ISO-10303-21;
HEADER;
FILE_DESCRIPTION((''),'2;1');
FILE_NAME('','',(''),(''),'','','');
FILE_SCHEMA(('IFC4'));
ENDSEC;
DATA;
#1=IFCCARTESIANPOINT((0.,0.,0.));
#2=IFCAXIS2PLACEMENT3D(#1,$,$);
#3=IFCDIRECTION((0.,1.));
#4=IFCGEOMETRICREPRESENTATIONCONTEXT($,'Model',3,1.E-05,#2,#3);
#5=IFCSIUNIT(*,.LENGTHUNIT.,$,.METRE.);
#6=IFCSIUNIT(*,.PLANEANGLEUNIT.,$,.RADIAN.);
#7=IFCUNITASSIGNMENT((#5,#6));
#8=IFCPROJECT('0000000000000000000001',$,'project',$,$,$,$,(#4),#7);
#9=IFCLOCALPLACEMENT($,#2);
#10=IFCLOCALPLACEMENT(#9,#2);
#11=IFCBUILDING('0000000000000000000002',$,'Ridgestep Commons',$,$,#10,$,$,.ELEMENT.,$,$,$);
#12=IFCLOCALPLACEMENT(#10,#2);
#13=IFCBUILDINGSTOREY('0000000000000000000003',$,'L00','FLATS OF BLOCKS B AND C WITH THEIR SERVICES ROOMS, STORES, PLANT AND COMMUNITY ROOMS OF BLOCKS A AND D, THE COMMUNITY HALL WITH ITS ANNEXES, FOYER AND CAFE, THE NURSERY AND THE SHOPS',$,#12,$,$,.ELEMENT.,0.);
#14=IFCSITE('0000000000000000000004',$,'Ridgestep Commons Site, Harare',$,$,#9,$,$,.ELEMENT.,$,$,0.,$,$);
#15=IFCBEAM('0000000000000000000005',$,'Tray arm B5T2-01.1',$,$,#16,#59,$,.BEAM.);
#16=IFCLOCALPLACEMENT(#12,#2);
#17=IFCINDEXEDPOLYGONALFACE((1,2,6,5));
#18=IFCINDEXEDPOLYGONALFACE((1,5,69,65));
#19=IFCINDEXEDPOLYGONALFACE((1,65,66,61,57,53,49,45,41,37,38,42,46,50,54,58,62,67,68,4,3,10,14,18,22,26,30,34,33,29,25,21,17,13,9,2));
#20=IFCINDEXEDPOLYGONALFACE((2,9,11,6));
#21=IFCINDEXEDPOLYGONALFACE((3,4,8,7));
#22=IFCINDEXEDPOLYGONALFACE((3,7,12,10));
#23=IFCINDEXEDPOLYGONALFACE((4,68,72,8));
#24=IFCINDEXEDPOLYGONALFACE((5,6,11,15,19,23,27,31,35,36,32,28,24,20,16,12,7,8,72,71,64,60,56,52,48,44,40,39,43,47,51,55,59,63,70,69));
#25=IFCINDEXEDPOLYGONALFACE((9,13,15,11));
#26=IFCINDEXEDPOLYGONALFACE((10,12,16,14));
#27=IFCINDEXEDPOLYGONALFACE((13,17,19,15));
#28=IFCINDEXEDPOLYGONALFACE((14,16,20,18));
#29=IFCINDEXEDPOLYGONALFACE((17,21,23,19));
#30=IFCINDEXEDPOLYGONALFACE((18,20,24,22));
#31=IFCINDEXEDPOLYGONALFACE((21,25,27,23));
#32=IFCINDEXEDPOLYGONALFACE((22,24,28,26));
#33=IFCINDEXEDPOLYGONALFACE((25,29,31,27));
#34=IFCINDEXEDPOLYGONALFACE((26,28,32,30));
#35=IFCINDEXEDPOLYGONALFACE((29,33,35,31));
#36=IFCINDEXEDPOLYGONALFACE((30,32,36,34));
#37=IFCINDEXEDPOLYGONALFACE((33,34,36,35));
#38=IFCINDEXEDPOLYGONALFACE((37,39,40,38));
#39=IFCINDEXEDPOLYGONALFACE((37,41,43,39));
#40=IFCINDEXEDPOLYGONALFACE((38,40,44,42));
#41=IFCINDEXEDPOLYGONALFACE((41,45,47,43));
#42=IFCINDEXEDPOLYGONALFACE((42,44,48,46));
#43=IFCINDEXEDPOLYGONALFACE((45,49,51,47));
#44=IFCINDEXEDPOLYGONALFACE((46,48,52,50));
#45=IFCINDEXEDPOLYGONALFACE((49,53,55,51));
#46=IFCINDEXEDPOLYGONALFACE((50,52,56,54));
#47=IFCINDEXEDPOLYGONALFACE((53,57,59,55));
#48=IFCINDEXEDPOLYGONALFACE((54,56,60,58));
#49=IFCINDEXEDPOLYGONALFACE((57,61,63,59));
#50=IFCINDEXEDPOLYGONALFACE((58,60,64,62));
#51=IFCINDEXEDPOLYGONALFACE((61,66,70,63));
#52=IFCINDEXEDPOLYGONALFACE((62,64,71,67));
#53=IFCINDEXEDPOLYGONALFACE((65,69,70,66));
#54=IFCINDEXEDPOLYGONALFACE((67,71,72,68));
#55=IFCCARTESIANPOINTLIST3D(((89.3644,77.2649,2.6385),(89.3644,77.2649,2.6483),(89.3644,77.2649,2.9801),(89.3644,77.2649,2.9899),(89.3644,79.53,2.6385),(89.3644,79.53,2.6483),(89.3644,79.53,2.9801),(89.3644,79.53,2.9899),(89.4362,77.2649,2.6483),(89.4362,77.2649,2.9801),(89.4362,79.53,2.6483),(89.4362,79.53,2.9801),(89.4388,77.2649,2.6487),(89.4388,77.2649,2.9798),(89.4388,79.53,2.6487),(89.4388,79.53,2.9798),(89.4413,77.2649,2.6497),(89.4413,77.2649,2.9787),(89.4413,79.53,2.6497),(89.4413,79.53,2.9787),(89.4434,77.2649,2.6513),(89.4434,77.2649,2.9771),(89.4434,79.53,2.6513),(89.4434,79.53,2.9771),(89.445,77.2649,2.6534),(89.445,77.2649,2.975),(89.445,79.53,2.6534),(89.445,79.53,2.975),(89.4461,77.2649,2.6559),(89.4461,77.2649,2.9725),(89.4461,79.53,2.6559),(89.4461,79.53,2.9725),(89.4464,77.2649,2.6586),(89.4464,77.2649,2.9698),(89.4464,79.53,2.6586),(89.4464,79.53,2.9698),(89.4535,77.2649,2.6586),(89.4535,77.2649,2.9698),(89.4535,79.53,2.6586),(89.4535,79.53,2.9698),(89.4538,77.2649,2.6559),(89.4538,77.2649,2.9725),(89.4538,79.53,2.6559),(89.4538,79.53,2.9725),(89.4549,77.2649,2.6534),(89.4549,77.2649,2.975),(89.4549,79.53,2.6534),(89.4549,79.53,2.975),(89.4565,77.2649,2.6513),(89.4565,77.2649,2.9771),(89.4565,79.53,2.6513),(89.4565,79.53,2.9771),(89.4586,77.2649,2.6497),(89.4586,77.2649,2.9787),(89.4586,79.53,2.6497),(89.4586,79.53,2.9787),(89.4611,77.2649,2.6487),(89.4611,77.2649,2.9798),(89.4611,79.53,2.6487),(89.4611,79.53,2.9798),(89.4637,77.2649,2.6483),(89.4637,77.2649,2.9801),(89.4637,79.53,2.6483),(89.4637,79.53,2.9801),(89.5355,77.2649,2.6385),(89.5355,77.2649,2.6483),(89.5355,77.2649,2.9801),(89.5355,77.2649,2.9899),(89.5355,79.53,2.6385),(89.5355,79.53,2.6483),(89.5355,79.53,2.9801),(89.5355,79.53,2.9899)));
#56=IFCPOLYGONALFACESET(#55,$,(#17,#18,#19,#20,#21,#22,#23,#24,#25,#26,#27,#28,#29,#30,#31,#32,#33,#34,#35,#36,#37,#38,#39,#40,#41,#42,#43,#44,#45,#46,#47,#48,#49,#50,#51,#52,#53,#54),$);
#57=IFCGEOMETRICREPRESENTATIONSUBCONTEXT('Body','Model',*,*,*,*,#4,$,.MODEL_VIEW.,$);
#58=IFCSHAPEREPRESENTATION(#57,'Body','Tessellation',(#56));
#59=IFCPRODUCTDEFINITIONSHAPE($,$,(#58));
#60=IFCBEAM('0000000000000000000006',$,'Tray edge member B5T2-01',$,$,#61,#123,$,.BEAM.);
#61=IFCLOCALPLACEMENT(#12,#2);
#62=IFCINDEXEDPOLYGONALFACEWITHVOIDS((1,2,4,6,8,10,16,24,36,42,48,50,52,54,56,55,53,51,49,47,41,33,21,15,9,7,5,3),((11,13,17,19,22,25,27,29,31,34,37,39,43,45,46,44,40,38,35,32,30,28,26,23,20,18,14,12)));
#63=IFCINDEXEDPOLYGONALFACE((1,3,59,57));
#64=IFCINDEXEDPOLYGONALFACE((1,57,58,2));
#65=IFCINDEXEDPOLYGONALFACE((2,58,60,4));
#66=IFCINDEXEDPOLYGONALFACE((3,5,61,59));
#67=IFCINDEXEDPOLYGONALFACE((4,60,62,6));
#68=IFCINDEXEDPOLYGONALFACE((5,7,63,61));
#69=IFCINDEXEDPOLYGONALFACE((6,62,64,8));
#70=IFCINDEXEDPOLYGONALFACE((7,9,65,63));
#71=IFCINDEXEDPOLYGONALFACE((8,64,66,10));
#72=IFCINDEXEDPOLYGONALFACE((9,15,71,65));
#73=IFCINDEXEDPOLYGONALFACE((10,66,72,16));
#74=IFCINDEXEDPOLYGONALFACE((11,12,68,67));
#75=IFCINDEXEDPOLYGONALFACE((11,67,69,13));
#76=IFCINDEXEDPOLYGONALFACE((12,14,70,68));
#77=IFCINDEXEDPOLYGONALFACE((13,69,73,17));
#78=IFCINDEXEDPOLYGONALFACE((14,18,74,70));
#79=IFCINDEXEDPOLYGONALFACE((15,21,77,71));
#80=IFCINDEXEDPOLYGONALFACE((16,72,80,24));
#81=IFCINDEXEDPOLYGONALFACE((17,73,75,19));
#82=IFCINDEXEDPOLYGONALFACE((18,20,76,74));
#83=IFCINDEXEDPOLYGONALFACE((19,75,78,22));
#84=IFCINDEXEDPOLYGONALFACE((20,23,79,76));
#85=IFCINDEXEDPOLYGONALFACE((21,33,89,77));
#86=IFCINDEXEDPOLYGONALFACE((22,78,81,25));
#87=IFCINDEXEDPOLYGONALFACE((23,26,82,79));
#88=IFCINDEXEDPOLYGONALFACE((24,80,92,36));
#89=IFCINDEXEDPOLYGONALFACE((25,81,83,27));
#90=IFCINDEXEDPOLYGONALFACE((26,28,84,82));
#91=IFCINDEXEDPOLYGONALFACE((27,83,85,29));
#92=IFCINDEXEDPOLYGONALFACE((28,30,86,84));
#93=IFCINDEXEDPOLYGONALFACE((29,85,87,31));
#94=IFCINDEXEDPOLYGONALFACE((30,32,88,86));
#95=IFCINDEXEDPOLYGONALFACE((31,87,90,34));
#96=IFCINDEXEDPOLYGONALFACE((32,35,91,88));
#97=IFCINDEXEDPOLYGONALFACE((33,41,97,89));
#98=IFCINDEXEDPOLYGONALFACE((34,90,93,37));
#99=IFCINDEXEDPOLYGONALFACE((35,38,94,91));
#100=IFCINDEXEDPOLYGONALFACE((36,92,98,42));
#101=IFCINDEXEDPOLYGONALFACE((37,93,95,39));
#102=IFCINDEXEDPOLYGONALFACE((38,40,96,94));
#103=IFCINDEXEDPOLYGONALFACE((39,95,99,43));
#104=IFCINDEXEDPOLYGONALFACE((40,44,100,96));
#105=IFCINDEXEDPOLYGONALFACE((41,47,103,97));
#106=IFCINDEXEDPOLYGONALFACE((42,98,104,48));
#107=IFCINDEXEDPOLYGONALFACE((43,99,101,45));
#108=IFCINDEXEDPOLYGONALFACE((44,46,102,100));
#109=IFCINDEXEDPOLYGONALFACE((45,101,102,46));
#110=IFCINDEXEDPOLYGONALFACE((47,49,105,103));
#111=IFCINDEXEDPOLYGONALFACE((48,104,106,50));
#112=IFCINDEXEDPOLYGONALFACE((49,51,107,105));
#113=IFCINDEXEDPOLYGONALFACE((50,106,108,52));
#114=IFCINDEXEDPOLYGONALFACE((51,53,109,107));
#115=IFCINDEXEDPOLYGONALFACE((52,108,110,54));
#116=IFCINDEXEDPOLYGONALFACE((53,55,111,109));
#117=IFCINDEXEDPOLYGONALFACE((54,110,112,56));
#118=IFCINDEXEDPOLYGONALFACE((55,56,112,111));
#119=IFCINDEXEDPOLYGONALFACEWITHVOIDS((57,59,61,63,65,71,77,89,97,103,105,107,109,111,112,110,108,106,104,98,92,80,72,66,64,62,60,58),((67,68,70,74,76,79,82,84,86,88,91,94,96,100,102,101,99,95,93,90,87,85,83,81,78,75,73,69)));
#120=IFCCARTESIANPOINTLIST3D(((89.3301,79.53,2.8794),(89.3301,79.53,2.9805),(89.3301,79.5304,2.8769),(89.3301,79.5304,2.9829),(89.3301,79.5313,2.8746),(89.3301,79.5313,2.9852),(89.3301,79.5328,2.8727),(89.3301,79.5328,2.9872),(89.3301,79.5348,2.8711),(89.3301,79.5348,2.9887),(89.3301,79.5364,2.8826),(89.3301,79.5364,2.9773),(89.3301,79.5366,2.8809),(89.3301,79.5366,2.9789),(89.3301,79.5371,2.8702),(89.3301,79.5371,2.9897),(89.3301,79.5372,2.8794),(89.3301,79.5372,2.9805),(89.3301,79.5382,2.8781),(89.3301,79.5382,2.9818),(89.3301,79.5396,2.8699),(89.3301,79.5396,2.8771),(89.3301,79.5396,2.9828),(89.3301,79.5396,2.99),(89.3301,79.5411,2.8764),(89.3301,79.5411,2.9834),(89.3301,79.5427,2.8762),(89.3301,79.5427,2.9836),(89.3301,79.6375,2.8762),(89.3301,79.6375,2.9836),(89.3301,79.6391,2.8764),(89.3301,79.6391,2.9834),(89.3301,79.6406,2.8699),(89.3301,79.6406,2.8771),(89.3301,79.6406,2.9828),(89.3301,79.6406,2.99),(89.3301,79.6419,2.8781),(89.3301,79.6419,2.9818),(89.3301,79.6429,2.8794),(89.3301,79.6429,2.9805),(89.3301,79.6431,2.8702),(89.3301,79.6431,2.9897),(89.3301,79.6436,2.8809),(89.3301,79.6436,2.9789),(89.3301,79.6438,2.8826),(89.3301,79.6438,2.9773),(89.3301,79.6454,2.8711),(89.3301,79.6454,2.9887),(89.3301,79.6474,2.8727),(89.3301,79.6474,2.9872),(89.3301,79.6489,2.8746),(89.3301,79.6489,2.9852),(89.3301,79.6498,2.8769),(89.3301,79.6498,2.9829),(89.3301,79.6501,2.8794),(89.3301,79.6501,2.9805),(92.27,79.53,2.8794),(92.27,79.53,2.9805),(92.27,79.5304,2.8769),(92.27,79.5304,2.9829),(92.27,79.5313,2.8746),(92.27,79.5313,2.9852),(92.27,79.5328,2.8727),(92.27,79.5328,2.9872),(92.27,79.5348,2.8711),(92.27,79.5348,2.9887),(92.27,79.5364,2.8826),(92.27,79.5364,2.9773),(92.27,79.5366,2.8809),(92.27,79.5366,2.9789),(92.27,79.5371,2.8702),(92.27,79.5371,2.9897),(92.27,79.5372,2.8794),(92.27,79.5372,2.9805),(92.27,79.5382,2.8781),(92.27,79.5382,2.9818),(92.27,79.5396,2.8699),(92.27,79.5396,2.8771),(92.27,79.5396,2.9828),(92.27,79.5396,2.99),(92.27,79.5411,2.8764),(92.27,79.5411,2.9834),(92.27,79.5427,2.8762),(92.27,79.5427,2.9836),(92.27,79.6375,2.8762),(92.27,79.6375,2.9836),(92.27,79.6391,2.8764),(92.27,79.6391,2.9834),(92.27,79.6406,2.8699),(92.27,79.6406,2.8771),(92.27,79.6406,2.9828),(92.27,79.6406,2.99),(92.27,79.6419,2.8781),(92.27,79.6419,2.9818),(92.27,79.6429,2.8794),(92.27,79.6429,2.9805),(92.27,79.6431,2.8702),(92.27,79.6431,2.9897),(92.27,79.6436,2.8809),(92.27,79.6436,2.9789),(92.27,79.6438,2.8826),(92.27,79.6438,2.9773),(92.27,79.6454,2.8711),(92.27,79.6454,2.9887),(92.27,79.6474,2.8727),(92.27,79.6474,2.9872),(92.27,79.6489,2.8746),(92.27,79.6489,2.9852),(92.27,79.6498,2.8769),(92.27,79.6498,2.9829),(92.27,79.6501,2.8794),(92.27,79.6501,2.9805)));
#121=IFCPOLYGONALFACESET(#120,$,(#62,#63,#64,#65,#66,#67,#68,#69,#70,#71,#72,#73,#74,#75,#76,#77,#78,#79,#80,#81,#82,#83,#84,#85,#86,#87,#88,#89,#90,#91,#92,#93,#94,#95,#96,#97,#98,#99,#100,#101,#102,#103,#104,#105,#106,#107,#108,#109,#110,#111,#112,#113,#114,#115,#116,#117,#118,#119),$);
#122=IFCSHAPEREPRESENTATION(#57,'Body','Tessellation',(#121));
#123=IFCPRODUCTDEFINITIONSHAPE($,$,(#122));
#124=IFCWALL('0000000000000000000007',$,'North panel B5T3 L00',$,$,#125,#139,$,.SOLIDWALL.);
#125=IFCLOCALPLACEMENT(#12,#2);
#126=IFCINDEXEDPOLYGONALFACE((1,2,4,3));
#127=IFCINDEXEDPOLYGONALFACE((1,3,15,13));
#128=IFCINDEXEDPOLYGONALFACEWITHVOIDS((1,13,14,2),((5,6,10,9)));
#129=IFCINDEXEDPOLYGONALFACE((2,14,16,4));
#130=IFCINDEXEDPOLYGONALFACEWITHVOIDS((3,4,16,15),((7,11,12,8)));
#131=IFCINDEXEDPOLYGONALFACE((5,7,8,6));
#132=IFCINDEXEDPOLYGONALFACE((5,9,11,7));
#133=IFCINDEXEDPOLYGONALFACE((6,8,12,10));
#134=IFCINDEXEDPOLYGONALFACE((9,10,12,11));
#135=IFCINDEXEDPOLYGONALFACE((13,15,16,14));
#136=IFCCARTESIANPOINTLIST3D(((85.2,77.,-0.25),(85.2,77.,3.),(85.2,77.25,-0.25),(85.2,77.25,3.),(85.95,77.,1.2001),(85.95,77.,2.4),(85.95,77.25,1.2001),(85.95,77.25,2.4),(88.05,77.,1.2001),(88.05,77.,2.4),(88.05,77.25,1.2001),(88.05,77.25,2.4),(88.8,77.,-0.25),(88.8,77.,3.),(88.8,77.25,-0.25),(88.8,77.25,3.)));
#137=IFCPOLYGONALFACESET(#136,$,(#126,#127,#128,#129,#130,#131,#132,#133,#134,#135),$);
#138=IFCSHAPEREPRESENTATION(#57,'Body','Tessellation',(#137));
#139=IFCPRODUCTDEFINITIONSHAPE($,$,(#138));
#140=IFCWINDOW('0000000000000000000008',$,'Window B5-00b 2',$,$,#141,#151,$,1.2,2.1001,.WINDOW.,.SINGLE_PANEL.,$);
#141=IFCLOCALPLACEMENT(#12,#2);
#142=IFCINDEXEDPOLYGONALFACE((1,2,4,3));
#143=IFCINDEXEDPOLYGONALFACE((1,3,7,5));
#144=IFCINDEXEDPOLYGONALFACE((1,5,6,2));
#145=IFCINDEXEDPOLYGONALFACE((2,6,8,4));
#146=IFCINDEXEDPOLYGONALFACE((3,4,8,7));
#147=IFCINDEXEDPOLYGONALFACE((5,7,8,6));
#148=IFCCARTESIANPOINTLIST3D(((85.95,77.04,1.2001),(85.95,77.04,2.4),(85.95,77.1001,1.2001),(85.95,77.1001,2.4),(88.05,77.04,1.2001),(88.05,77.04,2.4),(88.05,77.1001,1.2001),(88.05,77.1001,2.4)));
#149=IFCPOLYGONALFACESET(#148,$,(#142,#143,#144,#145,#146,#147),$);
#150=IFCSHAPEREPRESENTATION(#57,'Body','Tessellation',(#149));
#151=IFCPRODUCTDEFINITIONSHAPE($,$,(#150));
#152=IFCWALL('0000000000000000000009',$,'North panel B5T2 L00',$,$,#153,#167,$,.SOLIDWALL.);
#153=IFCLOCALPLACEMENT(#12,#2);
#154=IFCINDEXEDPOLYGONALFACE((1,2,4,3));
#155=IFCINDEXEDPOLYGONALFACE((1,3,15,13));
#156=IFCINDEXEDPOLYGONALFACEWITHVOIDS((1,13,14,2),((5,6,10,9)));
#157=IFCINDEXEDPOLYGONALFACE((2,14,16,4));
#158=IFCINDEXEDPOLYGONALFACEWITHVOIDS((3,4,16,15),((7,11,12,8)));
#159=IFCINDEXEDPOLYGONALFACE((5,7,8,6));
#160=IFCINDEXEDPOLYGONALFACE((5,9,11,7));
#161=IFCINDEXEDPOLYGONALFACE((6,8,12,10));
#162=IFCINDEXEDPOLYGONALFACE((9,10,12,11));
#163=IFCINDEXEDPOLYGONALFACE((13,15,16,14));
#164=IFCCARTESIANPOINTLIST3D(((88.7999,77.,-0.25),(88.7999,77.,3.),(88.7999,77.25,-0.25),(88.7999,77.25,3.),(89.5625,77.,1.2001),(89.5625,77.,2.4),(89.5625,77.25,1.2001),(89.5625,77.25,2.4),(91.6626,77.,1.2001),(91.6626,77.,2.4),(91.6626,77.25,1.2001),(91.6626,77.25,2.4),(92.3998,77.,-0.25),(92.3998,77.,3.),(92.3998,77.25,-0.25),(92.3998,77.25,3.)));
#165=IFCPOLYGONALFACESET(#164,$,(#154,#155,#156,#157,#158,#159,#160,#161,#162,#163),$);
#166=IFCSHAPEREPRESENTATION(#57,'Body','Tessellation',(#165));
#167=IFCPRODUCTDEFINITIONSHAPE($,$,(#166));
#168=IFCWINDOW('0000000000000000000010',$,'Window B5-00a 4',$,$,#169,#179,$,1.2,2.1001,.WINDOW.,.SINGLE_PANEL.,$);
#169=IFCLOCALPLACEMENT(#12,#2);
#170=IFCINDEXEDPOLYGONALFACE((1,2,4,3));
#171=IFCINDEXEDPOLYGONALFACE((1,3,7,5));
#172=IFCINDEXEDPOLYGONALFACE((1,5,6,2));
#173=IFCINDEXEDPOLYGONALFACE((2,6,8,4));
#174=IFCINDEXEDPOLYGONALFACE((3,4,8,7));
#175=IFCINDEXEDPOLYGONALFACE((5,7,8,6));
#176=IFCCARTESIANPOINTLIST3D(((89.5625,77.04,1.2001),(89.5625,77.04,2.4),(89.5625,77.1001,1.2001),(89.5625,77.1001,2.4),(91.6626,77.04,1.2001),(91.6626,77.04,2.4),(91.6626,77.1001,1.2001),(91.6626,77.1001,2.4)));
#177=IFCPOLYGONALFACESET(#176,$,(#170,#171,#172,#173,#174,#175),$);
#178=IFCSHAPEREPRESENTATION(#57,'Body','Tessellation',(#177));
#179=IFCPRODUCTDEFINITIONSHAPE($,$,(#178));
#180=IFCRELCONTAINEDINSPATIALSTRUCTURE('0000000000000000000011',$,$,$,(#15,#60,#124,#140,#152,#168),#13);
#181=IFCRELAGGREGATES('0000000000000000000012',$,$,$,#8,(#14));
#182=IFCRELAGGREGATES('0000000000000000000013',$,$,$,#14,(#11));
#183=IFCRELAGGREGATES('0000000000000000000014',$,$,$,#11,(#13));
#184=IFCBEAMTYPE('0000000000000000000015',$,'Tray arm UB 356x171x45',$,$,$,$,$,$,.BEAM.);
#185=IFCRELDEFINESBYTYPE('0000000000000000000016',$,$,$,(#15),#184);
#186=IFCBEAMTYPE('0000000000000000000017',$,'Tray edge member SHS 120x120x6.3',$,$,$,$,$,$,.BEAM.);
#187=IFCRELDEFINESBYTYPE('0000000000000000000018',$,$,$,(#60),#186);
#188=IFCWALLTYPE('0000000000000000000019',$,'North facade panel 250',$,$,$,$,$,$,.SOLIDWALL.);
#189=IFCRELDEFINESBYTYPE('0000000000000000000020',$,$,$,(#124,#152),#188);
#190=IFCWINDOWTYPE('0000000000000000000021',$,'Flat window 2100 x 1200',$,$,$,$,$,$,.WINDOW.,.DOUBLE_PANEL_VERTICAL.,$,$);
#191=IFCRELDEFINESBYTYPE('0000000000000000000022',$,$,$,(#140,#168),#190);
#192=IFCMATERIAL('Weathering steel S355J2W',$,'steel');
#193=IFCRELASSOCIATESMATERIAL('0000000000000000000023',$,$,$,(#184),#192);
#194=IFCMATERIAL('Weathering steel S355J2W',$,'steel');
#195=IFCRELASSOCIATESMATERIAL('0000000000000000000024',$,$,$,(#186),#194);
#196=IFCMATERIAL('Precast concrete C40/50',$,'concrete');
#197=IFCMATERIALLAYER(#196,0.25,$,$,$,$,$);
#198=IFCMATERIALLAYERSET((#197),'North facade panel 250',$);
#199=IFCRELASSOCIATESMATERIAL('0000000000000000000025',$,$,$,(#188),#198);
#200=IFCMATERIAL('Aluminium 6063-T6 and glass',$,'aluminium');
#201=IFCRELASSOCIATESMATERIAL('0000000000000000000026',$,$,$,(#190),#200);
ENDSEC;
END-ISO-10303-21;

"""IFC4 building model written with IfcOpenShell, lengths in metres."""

from ifc_helpers import new_model, si_unit, direction, frame, frame_2d, origin, origin_2d, place, context, subcontext, project, spatial, rectangle, hollow_rectangle, i_section, extrude, material, layer, layer_set, material_profile, profile_set, type_object, element, fill, save


model = new_model("IFC4")

# Units and contexts
model_context = context("Model", 3, precision=1e-05, world=origin(), true_north=direction((0.0, 1.0)))
body_context = subcontext(model_context, "Body", "Model", "MODEL_VIEW")
ifc_project = project(units=[si_unit("LENGTHUNIT", "METRE"), si_unit("PLANEANGLEUNIT", "RADIAN")], contexts=[model_context])

# Site, building, storey
site_placement = place(None, origin())
site = spatial("IfcSite", under=ifc_project, at=site_placement, Name="Ridgestep Commons Site, Harare", CompositionType="ELEMENT", RefElevation=0.0)
building_placement = place(site_placement, origin())
building = spatial("IfcBuilding", under=site, at=building_placement, Name="Ridgestep Commons", CompositionType="ELEMENT")
storey_placement = place(building_placement, origin())
storey = spatial("IfcBuildingStorey", under=building, at=storey_placement, Name="L00", Description="FLATS OF BLOCKS B AND C WITH THEIR SERVICES ROOMS, STORES, PLANT AND COMMUNITY ROOMS OF BLOCKS A AND D, THE COMMUNITY HALL WITH ITS ANNEXES, FOYER AND CAFE, THE NURSERY AND THE SHOPS", CompositionType="ELEMENT", Elevation=0.0)

# Beams
ifc_material_1 = material(Name="Weathering steel S355J2W", Category="steel")
ifc_material_profile_1 = material_profile(ifc_material_1, i_section(OverallWidth=0.1711, OverallDepth=0.3513, WebThickness=0.0071, FlangeThickness=0.0098, FilletRadius=0.0103, at=origin_2d()), Name="UB 356x171x45")
ifc_profile_set_1 = profile_set([ifc_material_profile_1], Name="Weathering steel S355J2W")
beam_type_1 = type_object("IfcBeamType", Name="Tray arm UB 356x171x45", PredefinedType="BEAM", material=ifc_profile_set_1)
beam_1_placement = place(storey_placement, frame((89.45, 77.2649, 2.8142), z_axis=(0.0, 1.0, 0.0), x_axis=(-1.0, 0.0, 0.0)))
element("IfcBeam", 1, at=beam_1_placement, inside=storey, type_object=beam_type_1, Name="Tray arm B5T2-01.1", PredefinedType="BEAM", context=body_context, shape_type="SweptSolid", body=[
    extrude(i_section(OverallWidth=0.1711, OverallDepth=0.3513, WebThickness=0.0071, FlangeThickness=0.0098, FilletRadius=0.0103, at=origin_2d()), origin(), (0.0, 0.0, 1.0), 2.2651),
])
ifc_material_2 = material(Name="Weathering steel S355J2W", Category="steel")
ifc_material_profile_2 = material_profile(ifc_material_2, hollow_rectangle(XDim=0.1201, YDim=0.1201, WallThickness=0.0063, InnerFilletRadius=0.0063, OuterFilletRadius=0.0095, at=origin_2d()), Name="SHS 120x120x6.3")
ifc_profile_set_2 = profile_set([ifc_material_profile_2], Name="Weathering steel S355J2W")
beam_type_2 = type_object("IfcBeamType", Name="Tray edge member SHS 120x120x6.3", PredefinedType="BEAM", material=ifc_profile_set_2)
beam_2_placement = place(storey_placement, frame((89.3301, 79.5901, 2.9299), z_axis=(1.0, 0.0, 0.0), x_axis=(0.0, 0.0, 1.0)))
element("IfcBeam", 2, at=beam_2_placement, inside=storey, type_object=beam_type_2, Name="Tray edge member B5T2-01", PredefinedType="BEAM", context=body_context, shape_type="SweptSolid", body=[
    extrude(hollow_rectangle(XDim=0.1201, YDim=0.1201, WallThickness=0.0063, InnerFilletRadius=0.0063, OuterFilletRadius=0.0095, at=origin_2d()), origin(), (0.0, 0.0, 1.0), 2.9399),
])

# Walls, openings, windows
ifc_material_3 = material(Name="Precast concrete C40/50", Category="concrete")
ifc_layer_1 = layer(ifc_material_3, 0.25)
ifc_layer_set_1 = layer_set([ifc_layer_1], Name="North facade panel 250")
wall_type_1 = type_object("IfcWallType", Name="North facade panel 250", PredefinedType="SOLIDWALL", material=ifc_layer_set_1)
wall_1_placement = place(storey_placement, frame((85.2, 77.125, -0.25), z_axis=(0.0, 0.0, 1.0), x_axis=(1.0, 0.0, 0.0)))
wall_1 = element("IfcWall", 3, at=wall_1_placement, inside=storey, type_object=wall_type_1, Name="North panel B5T3 L00", PredefinedType="SOLIDWALL", context=body_context, shape_type="SweptSolid", body=[
    extrude(rectangle(XDim=3.6001, YDim=0.25, at=frame_2d((1.8, 0.0))), origin(), (0.0, 0.0, 1.0), 3.25),
])
opening_1_placement = place(wall_1_placement, frame((0.75, 0.0, 1.45)))
opening_1 = element("IfcOpeningElement", 4, at=opening_1_placement, cuts=wall_1, PredefinedType="OPENING", context=body_context, shape_type="SweptSolid", body=[
    extrude(rectangle(XDim=2.1001, YDim=1.2, at=frame_2d((1.05, 0.6001))), frame((0.0, 0.135, 0.0), z_axis=(0.0, -1.0, 0.0), x_axis=(1.0, 0.0, 0.0)), (0.0, 0.0, 1.0), 0.27),
])
ifc_material_4 = material(Name="Aluminium 6063-T6 and glass", Category="aluminium")
window_type = type_object("IfcWindowType", Name="Flat window 2100 x 1200", PartitioningType="DOUBLE_PANEL_VERTICAL", PredefinedType="WINDOW", material=ifc_material_4)
window_1_placement = place(opening_1_placement, origin())
window_1 = element("IfcWindow", 5, at=window_1_placement, inside=storey, type_object=window_type, Name="Window B5-00b 2", OverallHeight=1.2, OverallWidth=2.1001, PartitioningType="SINGLE_PANEL", PredefinedType="WINDOW", context=body_context, shape_type="SweptSolid", body=[
    extrude(rectangle(XDim=2.1001, YDim=1.2, at=frame_2d((1.05, 0.6001))), frame((0.0, -0.0249, 0.0), z_axis=(0.0, -1.0, 0.0), x_axis=(1.0, 0.0, 0.0)), (0.0, 0.0, 1.0), 0.0601),
])
fill(opening_1, window_1)
wall_2_placement = place(storey_placement, frame((88.8, 77.125, -0.25), z_axis=(0.0, 0.0, 1.0), x_axis=(1.0, 0.0, 0.0)))
wall_2 = element("IfcWall", 6, at=wall_2_placement, inside=storey, type_object=wall_type_1, Name="North panel B5T2 L00", PredefinedType="SOLIDWALL", context=body_context, shape_type="SweptSolid", body=[
    extrude(rectangle(XDim=3.5999, YDim=0.25, at=frame_2d((1.7998, 0.0))), origin(), (0.0, 0.0, 1.0), 3.25),
])
opening_2_placement = place(wall_2_placement, frame((0.7625, 0.0, 1.45)))
opening_2 = element("IfcOpeningElement", 7, at=opening_2_placement, cuts=wall_2, PredefinedType="OPENING", context=body_context, shape_type="SweptSolid", body=[
    extrude(rectangle(XDim=2.1001, YDim=1.2, at=frame_2d((1.05, 0.6001))), frame((0.0, 0.135, 0.0), z_axis=(0.0, -1.0, 0.0), x_axis=(1.0, 0.0, 0.0)), (0.0, 0.0, 1.0), 0.27),
])
window_2_placement = place(opening_2_placement, origin())
window_2 = element("IfcWindow", 8, at=window_2_placement, inside=storey, type_object=window_type, Name="Window B5-00a 4", OverallHeight=1.2, OverallWidth=2.1001, PartitioningType="SINGLE_PANEL", PredefinedType="WINDOW", context=body_context, shape_type="SweptSolid", body=[
    extrude(rectangle(XDim=2.1001, YDim=1.2, at=frame_2d((1.05, 0.6001))), frame((0.0, -0.0249, 0.0), z_axis=(0.0, -1.0, 0.0), x_axis=(1.0, 0.0, 0.0)), (0.0, 0.0, 1.0), 0.0601),
])
fill(opening_2, window_2)

save(model, "model.ifc")
